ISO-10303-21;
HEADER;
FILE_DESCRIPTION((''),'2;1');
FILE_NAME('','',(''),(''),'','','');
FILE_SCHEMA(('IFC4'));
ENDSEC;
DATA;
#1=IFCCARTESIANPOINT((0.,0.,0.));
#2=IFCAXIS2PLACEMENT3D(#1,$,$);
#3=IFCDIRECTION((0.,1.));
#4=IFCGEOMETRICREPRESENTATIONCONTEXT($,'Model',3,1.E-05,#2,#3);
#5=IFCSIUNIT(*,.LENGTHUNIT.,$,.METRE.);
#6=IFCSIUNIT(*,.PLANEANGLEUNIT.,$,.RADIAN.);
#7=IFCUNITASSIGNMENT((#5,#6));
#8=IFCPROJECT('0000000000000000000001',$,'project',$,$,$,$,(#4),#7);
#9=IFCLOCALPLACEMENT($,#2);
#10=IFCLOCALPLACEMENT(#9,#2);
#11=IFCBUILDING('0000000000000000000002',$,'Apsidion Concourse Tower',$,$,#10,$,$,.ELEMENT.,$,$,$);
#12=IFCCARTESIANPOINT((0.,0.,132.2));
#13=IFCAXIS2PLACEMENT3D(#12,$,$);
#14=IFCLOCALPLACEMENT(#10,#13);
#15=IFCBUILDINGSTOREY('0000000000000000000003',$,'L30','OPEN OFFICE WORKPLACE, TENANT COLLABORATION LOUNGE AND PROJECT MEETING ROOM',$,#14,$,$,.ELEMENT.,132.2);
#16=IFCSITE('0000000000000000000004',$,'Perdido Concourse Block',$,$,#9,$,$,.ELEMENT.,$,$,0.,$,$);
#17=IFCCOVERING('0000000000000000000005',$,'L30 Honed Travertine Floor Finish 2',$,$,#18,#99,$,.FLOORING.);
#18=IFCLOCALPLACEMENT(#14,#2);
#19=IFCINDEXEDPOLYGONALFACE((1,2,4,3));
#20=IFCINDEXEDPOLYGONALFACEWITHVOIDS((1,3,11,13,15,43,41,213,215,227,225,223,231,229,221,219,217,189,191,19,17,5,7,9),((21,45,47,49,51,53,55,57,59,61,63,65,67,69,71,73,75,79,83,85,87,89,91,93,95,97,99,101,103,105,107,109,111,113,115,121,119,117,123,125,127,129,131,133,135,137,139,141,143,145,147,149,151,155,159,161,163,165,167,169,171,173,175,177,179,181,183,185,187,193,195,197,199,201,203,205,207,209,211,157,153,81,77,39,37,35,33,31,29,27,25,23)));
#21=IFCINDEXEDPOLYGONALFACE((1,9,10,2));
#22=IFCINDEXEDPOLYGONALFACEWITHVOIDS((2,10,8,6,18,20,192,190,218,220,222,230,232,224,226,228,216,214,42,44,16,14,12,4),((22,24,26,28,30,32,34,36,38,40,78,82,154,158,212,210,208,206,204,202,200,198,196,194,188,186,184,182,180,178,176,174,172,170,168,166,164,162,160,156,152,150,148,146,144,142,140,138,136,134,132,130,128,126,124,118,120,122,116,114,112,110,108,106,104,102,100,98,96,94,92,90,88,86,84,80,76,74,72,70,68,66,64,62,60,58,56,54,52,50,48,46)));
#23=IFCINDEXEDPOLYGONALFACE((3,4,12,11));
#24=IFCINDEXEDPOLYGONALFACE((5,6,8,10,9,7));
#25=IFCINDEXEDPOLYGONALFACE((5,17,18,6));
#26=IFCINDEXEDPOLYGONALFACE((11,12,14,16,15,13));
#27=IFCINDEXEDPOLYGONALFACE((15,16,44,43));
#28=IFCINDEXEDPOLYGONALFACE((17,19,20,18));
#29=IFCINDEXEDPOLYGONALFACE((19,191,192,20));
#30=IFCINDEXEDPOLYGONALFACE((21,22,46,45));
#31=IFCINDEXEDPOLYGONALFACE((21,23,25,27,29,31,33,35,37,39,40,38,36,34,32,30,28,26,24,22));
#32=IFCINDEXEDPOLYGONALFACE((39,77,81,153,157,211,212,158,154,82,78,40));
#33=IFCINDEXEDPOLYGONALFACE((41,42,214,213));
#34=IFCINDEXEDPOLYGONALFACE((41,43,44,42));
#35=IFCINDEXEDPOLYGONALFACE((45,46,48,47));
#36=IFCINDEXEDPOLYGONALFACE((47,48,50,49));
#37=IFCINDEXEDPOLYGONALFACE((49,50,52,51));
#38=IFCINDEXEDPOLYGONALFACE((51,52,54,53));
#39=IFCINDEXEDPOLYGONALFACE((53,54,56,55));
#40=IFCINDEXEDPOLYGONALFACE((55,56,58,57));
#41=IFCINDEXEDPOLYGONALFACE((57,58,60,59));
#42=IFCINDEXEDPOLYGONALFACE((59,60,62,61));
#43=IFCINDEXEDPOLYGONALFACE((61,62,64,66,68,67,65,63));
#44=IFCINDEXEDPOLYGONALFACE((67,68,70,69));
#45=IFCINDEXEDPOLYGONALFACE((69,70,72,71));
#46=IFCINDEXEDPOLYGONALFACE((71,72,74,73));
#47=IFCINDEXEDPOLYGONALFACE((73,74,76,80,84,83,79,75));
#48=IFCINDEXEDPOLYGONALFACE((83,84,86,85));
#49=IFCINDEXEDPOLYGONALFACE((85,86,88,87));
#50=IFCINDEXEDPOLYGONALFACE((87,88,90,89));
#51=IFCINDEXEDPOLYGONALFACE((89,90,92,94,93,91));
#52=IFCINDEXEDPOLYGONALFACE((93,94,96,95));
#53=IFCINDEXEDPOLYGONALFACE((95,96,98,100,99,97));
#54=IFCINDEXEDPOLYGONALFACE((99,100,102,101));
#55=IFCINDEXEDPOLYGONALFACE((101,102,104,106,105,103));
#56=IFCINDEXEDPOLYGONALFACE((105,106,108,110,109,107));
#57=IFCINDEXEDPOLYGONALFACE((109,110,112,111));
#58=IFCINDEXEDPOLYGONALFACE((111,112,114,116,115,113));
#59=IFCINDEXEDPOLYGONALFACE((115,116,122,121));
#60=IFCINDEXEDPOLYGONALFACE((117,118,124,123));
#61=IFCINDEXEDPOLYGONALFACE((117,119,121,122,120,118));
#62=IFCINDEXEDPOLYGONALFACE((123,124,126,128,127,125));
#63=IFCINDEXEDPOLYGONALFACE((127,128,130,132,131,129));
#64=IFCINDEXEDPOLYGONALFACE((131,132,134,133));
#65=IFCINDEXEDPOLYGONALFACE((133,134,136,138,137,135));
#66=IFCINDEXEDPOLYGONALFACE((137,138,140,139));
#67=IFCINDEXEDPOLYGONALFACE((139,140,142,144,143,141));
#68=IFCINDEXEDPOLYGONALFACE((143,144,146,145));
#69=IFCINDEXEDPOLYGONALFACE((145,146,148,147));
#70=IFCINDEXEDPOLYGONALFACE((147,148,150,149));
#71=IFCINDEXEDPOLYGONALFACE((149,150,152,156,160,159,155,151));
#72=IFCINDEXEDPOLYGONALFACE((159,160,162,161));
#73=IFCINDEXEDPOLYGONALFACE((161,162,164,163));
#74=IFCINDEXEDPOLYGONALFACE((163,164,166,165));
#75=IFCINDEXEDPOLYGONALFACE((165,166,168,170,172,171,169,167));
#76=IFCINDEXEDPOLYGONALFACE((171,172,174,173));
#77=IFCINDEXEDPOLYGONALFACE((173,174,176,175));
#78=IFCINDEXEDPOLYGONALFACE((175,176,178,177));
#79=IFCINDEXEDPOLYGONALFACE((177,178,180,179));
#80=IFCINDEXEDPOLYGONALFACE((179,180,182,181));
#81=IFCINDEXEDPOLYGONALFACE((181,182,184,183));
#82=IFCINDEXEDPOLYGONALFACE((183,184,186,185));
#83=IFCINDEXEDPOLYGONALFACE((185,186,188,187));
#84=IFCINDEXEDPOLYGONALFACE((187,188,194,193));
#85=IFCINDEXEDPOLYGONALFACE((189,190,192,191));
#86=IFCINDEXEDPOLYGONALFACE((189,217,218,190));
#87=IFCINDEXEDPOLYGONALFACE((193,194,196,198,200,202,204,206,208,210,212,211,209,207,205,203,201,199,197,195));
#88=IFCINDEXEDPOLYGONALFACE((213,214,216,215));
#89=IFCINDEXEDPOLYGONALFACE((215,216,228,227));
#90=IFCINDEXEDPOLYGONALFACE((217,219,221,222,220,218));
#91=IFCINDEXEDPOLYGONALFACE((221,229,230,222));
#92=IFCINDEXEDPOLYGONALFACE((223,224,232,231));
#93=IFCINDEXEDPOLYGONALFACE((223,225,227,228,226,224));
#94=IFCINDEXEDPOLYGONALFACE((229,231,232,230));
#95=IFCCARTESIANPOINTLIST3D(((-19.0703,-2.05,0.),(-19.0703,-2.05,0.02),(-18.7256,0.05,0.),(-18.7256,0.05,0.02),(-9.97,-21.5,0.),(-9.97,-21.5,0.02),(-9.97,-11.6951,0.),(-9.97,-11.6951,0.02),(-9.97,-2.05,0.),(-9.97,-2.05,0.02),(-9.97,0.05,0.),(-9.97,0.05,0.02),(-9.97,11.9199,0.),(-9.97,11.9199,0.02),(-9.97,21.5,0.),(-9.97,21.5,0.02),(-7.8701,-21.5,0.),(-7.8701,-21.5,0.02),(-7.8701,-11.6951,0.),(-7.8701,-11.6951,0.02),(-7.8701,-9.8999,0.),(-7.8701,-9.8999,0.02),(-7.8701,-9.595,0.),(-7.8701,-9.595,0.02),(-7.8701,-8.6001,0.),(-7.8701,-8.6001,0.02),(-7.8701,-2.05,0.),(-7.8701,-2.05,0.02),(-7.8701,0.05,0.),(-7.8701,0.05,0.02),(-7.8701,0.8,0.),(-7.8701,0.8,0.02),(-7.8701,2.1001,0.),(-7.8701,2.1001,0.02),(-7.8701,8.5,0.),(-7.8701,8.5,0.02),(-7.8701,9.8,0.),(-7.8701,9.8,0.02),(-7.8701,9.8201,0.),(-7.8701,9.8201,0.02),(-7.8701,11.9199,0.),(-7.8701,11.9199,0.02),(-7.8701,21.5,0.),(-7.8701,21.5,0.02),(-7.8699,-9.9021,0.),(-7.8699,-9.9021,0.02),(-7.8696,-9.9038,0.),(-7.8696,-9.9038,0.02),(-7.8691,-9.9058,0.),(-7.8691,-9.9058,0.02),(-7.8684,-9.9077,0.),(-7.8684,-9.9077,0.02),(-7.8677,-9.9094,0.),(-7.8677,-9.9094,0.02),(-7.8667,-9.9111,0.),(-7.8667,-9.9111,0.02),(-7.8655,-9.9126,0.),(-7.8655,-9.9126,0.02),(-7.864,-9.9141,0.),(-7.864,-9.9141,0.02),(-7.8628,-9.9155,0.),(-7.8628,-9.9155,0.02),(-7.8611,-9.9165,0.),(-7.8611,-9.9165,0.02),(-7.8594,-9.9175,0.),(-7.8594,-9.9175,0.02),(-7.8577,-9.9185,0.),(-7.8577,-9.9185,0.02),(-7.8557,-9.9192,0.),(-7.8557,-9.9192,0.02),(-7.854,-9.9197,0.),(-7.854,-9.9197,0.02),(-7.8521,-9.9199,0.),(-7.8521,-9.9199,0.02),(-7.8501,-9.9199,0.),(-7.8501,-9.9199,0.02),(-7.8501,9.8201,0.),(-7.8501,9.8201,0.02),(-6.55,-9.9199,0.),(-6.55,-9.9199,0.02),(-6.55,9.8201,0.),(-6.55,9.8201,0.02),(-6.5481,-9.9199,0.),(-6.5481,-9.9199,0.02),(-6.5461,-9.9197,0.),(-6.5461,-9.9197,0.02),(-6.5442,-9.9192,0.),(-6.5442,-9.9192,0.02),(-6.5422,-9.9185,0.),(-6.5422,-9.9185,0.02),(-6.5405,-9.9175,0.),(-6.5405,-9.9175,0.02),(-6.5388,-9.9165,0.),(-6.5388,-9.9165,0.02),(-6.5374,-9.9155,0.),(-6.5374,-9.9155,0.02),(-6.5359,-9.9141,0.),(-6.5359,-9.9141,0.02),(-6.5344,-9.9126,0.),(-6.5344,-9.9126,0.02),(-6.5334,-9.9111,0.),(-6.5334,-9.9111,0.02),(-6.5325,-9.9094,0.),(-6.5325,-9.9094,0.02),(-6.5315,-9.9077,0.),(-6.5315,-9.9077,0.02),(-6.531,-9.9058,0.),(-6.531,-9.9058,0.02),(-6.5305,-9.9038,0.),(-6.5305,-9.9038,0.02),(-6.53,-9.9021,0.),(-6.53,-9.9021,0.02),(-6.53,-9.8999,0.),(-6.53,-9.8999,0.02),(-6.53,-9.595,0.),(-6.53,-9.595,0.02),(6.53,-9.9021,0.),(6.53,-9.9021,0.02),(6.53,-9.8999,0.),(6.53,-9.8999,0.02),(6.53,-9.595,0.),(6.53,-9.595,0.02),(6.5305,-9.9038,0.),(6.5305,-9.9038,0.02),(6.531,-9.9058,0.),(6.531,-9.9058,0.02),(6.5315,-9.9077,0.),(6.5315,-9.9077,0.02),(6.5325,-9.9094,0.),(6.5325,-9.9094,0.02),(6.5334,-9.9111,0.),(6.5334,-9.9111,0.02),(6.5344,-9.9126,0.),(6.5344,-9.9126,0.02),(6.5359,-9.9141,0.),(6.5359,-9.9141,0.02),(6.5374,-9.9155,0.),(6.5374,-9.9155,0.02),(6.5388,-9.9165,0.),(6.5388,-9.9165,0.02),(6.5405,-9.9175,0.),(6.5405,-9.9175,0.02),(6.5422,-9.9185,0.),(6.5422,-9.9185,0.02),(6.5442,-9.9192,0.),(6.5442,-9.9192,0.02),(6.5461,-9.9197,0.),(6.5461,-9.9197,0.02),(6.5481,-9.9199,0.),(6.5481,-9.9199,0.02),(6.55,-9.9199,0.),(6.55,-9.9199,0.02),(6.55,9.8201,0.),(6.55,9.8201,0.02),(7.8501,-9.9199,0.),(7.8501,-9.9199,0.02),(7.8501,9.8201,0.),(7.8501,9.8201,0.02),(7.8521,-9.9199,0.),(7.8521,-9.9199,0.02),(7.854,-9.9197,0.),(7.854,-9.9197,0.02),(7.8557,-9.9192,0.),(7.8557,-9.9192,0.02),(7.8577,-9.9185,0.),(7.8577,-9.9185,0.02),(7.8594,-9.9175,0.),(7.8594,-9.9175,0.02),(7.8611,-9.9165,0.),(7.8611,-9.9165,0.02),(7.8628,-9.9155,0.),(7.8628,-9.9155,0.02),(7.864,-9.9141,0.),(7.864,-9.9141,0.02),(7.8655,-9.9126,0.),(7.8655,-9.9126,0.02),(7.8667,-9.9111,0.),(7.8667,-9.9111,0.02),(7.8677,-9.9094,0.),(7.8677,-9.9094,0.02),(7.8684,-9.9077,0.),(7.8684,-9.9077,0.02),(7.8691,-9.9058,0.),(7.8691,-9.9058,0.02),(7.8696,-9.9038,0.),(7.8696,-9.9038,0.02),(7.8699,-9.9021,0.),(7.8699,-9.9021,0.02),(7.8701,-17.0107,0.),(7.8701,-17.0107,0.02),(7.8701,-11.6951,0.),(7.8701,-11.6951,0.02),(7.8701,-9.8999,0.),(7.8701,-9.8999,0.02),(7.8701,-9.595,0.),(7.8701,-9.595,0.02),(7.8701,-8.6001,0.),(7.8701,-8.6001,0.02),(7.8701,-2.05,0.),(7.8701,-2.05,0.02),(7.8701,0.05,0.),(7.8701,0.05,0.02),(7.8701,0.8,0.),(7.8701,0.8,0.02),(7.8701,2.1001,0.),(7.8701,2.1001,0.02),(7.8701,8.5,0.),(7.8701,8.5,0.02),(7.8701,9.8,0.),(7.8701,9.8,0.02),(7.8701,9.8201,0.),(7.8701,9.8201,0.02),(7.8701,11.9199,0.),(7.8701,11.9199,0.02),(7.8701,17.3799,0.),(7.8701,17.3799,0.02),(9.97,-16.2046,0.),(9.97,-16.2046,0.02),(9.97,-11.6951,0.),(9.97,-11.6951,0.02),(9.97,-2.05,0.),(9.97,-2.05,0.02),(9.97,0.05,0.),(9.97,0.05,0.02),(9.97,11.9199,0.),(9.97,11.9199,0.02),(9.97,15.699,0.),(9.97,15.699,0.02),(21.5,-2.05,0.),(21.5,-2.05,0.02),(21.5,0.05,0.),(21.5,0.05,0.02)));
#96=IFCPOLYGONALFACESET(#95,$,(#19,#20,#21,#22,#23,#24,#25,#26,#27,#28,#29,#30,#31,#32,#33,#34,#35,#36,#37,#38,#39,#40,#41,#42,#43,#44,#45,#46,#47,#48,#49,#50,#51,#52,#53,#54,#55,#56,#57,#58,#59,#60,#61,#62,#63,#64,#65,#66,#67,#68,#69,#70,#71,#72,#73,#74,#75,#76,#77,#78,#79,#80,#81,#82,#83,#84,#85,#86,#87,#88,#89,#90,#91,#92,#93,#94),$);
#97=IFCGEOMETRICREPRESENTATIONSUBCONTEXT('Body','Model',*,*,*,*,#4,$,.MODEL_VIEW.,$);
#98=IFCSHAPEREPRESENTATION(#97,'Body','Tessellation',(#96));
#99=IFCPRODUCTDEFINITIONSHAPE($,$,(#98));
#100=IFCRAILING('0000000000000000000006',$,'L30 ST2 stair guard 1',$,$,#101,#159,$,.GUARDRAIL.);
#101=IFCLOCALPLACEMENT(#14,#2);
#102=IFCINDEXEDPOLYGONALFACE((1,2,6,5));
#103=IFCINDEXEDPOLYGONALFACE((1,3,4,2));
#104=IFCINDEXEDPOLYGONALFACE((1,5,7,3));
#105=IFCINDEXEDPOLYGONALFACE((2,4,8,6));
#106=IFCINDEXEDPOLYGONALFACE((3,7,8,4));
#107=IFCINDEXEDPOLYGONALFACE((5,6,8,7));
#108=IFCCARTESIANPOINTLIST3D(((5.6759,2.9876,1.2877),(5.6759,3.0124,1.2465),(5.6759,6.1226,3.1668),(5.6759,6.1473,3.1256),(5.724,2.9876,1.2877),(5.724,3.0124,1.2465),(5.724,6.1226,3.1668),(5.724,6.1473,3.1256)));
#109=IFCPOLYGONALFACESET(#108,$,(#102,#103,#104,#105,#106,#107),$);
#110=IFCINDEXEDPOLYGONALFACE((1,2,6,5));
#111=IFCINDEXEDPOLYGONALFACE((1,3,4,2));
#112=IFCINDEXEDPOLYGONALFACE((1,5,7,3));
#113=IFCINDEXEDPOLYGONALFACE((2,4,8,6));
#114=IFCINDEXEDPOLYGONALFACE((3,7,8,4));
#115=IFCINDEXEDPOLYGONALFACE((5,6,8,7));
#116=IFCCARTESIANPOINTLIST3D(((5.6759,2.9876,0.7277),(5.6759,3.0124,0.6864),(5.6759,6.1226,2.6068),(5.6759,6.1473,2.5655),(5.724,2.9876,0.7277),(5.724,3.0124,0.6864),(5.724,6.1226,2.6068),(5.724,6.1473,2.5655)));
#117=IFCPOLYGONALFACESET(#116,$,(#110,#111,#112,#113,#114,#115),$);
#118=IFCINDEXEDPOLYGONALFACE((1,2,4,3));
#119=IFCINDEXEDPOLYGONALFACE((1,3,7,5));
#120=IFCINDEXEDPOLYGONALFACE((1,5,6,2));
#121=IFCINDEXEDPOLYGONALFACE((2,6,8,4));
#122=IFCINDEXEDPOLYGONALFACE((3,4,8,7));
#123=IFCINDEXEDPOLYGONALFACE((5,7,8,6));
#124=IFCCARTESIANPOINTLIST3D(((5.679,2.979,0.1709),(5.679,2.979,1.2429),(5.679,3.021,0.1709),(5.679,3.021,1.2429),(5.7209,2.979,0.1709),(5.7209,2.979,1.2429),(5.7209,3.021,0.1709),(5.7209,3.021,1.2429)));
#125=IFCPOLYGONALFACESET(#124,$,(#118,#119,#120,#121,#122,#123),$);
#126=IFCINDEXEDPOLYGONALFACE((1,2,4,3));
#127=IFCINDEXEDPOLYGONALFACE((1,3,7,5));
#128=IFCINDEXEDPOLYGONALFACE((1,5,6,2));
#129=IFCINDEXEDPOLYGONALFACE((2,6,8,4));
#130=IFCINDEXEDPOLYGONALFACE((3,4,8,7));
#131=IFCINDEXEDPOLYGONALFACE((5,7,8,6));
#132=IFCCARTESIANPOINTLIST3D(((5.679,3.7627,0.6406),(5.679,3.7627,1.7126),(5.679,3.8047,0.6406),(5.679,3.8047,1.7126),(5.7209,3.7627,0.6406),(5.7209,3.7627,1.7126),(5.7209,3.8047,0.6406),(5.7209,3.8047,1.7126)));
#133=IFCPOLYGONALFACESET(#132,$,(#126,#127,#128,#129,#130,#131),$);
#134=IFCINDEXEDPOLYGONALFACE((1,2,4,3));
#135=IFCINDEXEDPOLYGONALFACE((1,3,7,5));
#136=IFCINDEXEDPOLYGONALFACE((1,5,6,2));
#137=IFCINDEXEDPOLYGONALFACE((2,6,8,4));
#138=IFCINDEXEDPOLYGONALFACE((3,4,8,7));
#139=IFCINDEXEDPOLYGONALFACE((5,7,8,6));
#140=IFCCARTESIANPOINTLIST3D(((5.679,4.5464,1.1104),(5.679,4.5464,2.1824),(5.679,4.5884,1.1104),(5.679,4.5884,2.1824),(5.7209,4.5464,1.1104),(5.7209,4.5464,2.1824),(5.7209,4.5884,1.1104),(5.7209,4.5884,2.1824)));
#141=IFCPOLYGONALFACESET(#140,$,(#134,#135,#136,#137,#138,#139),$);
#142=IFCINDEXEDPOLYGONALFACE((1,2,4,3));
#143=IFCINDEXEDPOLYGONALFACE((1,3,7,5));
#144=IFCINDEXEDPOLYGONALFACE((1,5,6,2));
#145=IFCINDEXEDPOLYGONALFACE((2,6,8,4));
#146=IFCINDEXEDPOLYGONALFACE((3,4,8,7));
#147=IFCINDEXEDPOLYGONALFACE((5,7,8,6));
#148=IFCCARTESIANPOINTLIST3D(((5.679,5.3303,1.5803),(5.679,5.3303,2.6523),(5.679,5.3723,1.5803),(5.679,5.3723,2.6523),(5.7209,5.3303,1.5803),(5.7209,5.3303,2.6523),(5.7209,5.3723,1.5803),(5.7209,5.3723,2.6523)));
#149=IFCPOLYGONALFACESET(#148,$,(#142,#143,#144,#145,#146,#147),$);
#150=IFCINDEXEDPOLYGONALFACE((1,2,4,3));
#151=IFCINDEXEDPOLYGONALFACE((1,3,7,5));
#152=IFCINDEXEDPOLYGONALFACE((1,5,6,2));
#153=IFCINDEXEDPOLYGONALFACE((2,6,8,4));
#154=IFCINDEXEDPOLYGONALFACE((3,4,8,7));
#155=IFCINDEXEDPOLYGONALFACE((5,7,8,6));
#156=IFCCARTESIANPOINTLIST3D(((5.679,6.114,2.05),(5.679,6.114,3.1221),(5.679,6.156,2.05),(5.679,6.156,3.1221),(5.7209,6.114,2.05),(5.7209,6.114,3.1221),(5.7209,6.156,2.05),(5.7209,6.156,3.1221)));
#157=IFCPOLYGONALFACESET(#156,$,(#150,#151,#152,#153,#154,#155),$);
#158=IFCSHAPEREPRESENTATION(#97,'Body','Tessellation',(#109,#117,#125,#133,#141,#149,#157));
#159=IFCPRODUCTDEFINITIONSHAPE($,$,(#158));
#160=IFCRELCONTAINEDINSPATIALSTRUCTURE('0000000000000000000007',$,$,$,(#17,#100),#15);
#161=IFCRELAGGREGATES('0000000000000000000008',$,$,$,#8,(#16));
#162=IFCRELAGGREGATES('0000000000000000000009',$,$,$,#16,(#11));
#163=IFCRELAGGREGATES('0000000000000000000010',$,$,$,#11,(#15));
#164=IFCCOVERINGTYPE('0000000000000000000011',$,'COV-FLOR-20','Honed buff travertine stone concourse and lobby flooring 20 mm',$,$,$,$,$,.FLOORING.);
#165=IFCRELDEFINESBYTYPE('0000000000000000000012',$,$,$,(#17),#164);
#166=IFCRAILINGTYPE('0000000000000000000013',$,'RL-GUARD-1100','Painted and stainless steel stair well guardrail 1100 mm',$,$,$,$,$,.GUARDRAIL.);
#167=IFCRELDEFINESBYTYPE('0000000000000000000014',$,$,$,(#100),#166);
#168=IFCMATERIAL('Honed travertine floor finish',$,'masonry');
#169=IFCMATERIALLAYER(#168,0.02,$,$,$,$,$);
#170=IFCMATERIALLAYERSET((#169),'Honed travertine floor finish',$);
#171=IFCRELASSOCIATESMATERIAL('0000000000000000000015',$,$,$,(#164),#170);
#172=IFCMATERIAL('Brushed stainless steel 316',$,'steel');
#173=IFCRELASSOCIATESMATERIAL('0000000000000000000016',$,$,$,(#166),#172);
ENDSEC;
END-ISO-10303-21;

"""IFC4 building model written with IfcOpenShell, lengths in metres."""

from ifc_helpers import new_model, si_unit, direction, frame, origin, origin_2d, place, context, subcontext, project, spatial, polyline, rectangle, outline, extrude, material, layer, layer_set, type_object, element, save


model = new_model("IFC4")

# Units and contexts
model_context = context("Model", 3, precision=1e-05, world=origin(), true_north=direction((0.0, 1.0)))
body_context = subcontext(model_context, "Body", "Model", "MODEL_VIEW")
ifc_project = project(units=[si_unit("LENGTHUNIT", "METRE"), si_unit("PLANEANGLEUNIT", "RADIAN")], contexts=[model_context])

# Site, building, storey
site_placement = place(None, origin())
site = spatial("IfcSite", under=ifc_project, at=site_placement, Name="Perdido Concourse Block", CompositionType="ELEMENT", RefElevation=0.0)
building_placement = place(site_placement, origin())
building = spatial("IfcBuilding", under=site, at=building_placement, Name="Apsidion Concourse Tower", CompositionType="ELEMENT")
storey_placement = place(building_placement, frame((0.0, 0.0, 132.2)))
storey = spatial("IfcBuildingStorey", under=building, at=storey_placement, Name="L30", Description="OPEN OFFICE WORKPLACE, TENANT COLLABORATION LOUNGE AND PROJECT MEETING ROOM", CompositionType="ELEMENT", Elevation=132.2)

# Shared definitions
ifc_material_1 = material(Name="Brushed stainless steel 316", Category="steel")

# Covering
ifc_material_2 = material(Name="Honed travertine floor finish", Category="masonry")
ifc_layer_1 = layer(ifc_material_2, 0.02)
ifc_layer_set_1 = layer_set([ifc_layer_1], Name="Honed travertine floor finish")
covering_type_1 = type_object("IfcCoveringType", Name="COV-FLOR-20", Description="Honed buff travertine stone concourse and lobby flooring 20 mm", PredefinedType="FLOORING", material=ifc_layer_set_1)
covering_1_placement = place(storey_placement, origin())
element("IfcCovering", 1, at=covering_1_placement, inside=storey, type_object=covering_type_1, Name="L30 Honed Travertine Floor Finish 2", PredefinedType="FLOORING", context=body_context, shape_type="SweptSolid", body=[
    extrude(outline(polyline([(9.97, -16.2046), (7.8701, -17.0107), (7.8701, -11.6951), (-7.8701, -11.6951), (-7.8701, -21.5), (-9.97, -21.5), (-9.97, -11.6951), (-9.97, -2.05), (-19.0703, -2.05), (-18.7256, 0.05), (-9.97, 0.05), (-9.97, 11.9199), (-9.97, 21.5), (-7.8701, 21.5), (-7.8701, 11.9199), (7.8701, 11.9199), (7.8701, 17.3799), (9.97, 15.699), (9.97, 11.9199), (9.97, 0.05), (21.5, 0.05), (21.5, -2.05), (9.97, -2.05), (9.97, -11.6951), (9.97, -16.2046)]), holes=[polyline([(7.8701, -8.6001), (7.8701, -2.05), (7.8701, 0.05), (7.8701, 0.8), (7.8701, 2.1001), (7.8701, 8.5), (7.8701, 9.8), (7.8701, 9.8201), (7.8501, 9.8201), (6.55, 9.8201), (-6.55, 9.8201), (-7.8501, 9.8201), (-7.8701, 9.8201), (-7.8701, 9.8), (-7.8701, 8.5), (-7.8701, 2.1001), (-7.8701, 0.8), (-7.8701, 0.05), (-7.8701, -2.05), (-7.8701, -8.6001), (-7.8701, -9.595), (-7.8701, -9.8999), (-7.8699, -9.9021), (-7.8696, -9.9038), (-7.8691, -9.9058), (-7.8684, -9.9077), (-7.8677, -9.9094), (-7.8667, -9.9111), (-7.8655, -9.9126), (-7.864, -9.9141), (-7.8628, -9.9155), (-7.8611, -9.9165), (-7.8594, -9.9175), (-7.8577, -9.9185), (-7.8557, -9.9192), (-7.854, -9.9197), (-7.8521, -9.9199), (-7.8501, -9.9199), (-6.55, -9.9199), (-6.5481, -9.9199), (-6.5461, -9.9197), (-6.5442, -9.9192), (-6.5422, -9.9185), (-6.5405, -9.9175), (-6.5388, -9.9165), (-6.5374, -9.9155), (-6.5359, -9.9141), (-6.5344, -9.9126), (-6.5334, -9.9111), (-6.5325, -9.9094), (-6.5315, -9.9077), (-6.531, -9.9058), (-6.5305, -9.9038), (-6.53, -9.9021), (-6.53, -9.8999), (-6.53, -9.595), (6.53, -9.595), (6.53, -9.8999), (6.53, -9.9021), (6.5305, -9.9038), (6.531, -9.9058), (6.5315, -9.9077), (6.5325, -9.9094), (6.5334, -9.9111), (6.5344, -9.9126), (6.5359, -9.9141), (6.5374, -9.9155), (6.5388, -9.9165), (6.5405, -9.9175), (6.5422, -9.9185), (6.5442, -9.9192), (6.5461, -9.9197), (6.5481, -9.9199), (6.55, -9.9199), (7.8501, -9.9199), (7.8521, -9.9199), (7.854, -9.9197), (7.8557, -9.9192), (7.8577, -9.9185), (7.8594, -9.9175), (7.8611, -9.9165), (7.8628, -9.9155), (7.864, -9.9141), (7.8655, -9.9126), (7.8667, -9.9111), (7.8677, -9.9094), (7.8684, -9.9077), (7.8691, -9.9058), (7.8696, -9.9038), (7.8699, -9.9021), (7.8701, -9.8999), (7.8701, -9.595), (7.8701, -8.6001)])]), origin(), (0.0, 0.0, 1.0), 0.02),
])

# Railing
railing_type_1 = type_object("IfcRailingType", Name="RL-GUARD-1100", Description="Painted and stainless steel stair well guardrail 1100 mm", PredefinedType="GUARDRAIL", material=ifc_material_1)
railing_1_placement = place(storey_placement, frame((5.7, 3.0, 0.1709)))
element("IfcRailing", 2, at=railing_1_placement, inside=storey, type_object=railing_type_1, Name="L30 ST2 stair guard 1", PredefinedType="GUARDRAIL", context=body_context, shape_type="SweptSolid", body=[
    extrude(rectangle(XDim=0.0481, YDim=0.0481, at=origin_2d()), frame((0.0, 0.0, 1.0962), z_axis=(0.0, 0.857717, 0.514122), x_axis=(-1.0, 0.0, 0.0)), (0.0, 0.0, 1.0), 3.655),
    extrude(rectangle(XDim=0.0481, YDim=0.0481, at=origin_2d()), frame((0.0, 0.0, 0.5361), z_axis=(0.0, 0.857717, 0.514122), x_axis=(-1.0, 0.0, 0.0)), (0.0, 0.0, 1.0), 3.655),
    extrude(rectangle(XDim=0.042, YDim=0.042, at=origin_2d()), origin(), (0.0, 0.0, 1.0), 1.072),
    extrude(rectangle(XDim=0.042, YDim=0.042, at=origin_2d()), frame((0.0, 0.7837, 0.4697)), (0.0, 0.0, 1.0), 1.072),
    extrude(rectangle(XDim=0.042, YDim=0.042, at=origin_2d()), frame((0.0, 1.5674, 0.9395)), (0.0, 0.0, 1.0), 1.072),
    extrude(rectangle(XDim=0.042, YDim=0.042, at=origin_2d()), frame((0.0, 2.3513, 1.4094)), (0.0, 0.0, 1.0), 1.072),
    extrude(rectangle(XDim=0.042, YDim=0.042, at=origin_2d()), frame((0.0, 3.135, 1.8792)), (0.0, 0.0, 1.0), 1.072),
])

save(model, "model.ifc")
